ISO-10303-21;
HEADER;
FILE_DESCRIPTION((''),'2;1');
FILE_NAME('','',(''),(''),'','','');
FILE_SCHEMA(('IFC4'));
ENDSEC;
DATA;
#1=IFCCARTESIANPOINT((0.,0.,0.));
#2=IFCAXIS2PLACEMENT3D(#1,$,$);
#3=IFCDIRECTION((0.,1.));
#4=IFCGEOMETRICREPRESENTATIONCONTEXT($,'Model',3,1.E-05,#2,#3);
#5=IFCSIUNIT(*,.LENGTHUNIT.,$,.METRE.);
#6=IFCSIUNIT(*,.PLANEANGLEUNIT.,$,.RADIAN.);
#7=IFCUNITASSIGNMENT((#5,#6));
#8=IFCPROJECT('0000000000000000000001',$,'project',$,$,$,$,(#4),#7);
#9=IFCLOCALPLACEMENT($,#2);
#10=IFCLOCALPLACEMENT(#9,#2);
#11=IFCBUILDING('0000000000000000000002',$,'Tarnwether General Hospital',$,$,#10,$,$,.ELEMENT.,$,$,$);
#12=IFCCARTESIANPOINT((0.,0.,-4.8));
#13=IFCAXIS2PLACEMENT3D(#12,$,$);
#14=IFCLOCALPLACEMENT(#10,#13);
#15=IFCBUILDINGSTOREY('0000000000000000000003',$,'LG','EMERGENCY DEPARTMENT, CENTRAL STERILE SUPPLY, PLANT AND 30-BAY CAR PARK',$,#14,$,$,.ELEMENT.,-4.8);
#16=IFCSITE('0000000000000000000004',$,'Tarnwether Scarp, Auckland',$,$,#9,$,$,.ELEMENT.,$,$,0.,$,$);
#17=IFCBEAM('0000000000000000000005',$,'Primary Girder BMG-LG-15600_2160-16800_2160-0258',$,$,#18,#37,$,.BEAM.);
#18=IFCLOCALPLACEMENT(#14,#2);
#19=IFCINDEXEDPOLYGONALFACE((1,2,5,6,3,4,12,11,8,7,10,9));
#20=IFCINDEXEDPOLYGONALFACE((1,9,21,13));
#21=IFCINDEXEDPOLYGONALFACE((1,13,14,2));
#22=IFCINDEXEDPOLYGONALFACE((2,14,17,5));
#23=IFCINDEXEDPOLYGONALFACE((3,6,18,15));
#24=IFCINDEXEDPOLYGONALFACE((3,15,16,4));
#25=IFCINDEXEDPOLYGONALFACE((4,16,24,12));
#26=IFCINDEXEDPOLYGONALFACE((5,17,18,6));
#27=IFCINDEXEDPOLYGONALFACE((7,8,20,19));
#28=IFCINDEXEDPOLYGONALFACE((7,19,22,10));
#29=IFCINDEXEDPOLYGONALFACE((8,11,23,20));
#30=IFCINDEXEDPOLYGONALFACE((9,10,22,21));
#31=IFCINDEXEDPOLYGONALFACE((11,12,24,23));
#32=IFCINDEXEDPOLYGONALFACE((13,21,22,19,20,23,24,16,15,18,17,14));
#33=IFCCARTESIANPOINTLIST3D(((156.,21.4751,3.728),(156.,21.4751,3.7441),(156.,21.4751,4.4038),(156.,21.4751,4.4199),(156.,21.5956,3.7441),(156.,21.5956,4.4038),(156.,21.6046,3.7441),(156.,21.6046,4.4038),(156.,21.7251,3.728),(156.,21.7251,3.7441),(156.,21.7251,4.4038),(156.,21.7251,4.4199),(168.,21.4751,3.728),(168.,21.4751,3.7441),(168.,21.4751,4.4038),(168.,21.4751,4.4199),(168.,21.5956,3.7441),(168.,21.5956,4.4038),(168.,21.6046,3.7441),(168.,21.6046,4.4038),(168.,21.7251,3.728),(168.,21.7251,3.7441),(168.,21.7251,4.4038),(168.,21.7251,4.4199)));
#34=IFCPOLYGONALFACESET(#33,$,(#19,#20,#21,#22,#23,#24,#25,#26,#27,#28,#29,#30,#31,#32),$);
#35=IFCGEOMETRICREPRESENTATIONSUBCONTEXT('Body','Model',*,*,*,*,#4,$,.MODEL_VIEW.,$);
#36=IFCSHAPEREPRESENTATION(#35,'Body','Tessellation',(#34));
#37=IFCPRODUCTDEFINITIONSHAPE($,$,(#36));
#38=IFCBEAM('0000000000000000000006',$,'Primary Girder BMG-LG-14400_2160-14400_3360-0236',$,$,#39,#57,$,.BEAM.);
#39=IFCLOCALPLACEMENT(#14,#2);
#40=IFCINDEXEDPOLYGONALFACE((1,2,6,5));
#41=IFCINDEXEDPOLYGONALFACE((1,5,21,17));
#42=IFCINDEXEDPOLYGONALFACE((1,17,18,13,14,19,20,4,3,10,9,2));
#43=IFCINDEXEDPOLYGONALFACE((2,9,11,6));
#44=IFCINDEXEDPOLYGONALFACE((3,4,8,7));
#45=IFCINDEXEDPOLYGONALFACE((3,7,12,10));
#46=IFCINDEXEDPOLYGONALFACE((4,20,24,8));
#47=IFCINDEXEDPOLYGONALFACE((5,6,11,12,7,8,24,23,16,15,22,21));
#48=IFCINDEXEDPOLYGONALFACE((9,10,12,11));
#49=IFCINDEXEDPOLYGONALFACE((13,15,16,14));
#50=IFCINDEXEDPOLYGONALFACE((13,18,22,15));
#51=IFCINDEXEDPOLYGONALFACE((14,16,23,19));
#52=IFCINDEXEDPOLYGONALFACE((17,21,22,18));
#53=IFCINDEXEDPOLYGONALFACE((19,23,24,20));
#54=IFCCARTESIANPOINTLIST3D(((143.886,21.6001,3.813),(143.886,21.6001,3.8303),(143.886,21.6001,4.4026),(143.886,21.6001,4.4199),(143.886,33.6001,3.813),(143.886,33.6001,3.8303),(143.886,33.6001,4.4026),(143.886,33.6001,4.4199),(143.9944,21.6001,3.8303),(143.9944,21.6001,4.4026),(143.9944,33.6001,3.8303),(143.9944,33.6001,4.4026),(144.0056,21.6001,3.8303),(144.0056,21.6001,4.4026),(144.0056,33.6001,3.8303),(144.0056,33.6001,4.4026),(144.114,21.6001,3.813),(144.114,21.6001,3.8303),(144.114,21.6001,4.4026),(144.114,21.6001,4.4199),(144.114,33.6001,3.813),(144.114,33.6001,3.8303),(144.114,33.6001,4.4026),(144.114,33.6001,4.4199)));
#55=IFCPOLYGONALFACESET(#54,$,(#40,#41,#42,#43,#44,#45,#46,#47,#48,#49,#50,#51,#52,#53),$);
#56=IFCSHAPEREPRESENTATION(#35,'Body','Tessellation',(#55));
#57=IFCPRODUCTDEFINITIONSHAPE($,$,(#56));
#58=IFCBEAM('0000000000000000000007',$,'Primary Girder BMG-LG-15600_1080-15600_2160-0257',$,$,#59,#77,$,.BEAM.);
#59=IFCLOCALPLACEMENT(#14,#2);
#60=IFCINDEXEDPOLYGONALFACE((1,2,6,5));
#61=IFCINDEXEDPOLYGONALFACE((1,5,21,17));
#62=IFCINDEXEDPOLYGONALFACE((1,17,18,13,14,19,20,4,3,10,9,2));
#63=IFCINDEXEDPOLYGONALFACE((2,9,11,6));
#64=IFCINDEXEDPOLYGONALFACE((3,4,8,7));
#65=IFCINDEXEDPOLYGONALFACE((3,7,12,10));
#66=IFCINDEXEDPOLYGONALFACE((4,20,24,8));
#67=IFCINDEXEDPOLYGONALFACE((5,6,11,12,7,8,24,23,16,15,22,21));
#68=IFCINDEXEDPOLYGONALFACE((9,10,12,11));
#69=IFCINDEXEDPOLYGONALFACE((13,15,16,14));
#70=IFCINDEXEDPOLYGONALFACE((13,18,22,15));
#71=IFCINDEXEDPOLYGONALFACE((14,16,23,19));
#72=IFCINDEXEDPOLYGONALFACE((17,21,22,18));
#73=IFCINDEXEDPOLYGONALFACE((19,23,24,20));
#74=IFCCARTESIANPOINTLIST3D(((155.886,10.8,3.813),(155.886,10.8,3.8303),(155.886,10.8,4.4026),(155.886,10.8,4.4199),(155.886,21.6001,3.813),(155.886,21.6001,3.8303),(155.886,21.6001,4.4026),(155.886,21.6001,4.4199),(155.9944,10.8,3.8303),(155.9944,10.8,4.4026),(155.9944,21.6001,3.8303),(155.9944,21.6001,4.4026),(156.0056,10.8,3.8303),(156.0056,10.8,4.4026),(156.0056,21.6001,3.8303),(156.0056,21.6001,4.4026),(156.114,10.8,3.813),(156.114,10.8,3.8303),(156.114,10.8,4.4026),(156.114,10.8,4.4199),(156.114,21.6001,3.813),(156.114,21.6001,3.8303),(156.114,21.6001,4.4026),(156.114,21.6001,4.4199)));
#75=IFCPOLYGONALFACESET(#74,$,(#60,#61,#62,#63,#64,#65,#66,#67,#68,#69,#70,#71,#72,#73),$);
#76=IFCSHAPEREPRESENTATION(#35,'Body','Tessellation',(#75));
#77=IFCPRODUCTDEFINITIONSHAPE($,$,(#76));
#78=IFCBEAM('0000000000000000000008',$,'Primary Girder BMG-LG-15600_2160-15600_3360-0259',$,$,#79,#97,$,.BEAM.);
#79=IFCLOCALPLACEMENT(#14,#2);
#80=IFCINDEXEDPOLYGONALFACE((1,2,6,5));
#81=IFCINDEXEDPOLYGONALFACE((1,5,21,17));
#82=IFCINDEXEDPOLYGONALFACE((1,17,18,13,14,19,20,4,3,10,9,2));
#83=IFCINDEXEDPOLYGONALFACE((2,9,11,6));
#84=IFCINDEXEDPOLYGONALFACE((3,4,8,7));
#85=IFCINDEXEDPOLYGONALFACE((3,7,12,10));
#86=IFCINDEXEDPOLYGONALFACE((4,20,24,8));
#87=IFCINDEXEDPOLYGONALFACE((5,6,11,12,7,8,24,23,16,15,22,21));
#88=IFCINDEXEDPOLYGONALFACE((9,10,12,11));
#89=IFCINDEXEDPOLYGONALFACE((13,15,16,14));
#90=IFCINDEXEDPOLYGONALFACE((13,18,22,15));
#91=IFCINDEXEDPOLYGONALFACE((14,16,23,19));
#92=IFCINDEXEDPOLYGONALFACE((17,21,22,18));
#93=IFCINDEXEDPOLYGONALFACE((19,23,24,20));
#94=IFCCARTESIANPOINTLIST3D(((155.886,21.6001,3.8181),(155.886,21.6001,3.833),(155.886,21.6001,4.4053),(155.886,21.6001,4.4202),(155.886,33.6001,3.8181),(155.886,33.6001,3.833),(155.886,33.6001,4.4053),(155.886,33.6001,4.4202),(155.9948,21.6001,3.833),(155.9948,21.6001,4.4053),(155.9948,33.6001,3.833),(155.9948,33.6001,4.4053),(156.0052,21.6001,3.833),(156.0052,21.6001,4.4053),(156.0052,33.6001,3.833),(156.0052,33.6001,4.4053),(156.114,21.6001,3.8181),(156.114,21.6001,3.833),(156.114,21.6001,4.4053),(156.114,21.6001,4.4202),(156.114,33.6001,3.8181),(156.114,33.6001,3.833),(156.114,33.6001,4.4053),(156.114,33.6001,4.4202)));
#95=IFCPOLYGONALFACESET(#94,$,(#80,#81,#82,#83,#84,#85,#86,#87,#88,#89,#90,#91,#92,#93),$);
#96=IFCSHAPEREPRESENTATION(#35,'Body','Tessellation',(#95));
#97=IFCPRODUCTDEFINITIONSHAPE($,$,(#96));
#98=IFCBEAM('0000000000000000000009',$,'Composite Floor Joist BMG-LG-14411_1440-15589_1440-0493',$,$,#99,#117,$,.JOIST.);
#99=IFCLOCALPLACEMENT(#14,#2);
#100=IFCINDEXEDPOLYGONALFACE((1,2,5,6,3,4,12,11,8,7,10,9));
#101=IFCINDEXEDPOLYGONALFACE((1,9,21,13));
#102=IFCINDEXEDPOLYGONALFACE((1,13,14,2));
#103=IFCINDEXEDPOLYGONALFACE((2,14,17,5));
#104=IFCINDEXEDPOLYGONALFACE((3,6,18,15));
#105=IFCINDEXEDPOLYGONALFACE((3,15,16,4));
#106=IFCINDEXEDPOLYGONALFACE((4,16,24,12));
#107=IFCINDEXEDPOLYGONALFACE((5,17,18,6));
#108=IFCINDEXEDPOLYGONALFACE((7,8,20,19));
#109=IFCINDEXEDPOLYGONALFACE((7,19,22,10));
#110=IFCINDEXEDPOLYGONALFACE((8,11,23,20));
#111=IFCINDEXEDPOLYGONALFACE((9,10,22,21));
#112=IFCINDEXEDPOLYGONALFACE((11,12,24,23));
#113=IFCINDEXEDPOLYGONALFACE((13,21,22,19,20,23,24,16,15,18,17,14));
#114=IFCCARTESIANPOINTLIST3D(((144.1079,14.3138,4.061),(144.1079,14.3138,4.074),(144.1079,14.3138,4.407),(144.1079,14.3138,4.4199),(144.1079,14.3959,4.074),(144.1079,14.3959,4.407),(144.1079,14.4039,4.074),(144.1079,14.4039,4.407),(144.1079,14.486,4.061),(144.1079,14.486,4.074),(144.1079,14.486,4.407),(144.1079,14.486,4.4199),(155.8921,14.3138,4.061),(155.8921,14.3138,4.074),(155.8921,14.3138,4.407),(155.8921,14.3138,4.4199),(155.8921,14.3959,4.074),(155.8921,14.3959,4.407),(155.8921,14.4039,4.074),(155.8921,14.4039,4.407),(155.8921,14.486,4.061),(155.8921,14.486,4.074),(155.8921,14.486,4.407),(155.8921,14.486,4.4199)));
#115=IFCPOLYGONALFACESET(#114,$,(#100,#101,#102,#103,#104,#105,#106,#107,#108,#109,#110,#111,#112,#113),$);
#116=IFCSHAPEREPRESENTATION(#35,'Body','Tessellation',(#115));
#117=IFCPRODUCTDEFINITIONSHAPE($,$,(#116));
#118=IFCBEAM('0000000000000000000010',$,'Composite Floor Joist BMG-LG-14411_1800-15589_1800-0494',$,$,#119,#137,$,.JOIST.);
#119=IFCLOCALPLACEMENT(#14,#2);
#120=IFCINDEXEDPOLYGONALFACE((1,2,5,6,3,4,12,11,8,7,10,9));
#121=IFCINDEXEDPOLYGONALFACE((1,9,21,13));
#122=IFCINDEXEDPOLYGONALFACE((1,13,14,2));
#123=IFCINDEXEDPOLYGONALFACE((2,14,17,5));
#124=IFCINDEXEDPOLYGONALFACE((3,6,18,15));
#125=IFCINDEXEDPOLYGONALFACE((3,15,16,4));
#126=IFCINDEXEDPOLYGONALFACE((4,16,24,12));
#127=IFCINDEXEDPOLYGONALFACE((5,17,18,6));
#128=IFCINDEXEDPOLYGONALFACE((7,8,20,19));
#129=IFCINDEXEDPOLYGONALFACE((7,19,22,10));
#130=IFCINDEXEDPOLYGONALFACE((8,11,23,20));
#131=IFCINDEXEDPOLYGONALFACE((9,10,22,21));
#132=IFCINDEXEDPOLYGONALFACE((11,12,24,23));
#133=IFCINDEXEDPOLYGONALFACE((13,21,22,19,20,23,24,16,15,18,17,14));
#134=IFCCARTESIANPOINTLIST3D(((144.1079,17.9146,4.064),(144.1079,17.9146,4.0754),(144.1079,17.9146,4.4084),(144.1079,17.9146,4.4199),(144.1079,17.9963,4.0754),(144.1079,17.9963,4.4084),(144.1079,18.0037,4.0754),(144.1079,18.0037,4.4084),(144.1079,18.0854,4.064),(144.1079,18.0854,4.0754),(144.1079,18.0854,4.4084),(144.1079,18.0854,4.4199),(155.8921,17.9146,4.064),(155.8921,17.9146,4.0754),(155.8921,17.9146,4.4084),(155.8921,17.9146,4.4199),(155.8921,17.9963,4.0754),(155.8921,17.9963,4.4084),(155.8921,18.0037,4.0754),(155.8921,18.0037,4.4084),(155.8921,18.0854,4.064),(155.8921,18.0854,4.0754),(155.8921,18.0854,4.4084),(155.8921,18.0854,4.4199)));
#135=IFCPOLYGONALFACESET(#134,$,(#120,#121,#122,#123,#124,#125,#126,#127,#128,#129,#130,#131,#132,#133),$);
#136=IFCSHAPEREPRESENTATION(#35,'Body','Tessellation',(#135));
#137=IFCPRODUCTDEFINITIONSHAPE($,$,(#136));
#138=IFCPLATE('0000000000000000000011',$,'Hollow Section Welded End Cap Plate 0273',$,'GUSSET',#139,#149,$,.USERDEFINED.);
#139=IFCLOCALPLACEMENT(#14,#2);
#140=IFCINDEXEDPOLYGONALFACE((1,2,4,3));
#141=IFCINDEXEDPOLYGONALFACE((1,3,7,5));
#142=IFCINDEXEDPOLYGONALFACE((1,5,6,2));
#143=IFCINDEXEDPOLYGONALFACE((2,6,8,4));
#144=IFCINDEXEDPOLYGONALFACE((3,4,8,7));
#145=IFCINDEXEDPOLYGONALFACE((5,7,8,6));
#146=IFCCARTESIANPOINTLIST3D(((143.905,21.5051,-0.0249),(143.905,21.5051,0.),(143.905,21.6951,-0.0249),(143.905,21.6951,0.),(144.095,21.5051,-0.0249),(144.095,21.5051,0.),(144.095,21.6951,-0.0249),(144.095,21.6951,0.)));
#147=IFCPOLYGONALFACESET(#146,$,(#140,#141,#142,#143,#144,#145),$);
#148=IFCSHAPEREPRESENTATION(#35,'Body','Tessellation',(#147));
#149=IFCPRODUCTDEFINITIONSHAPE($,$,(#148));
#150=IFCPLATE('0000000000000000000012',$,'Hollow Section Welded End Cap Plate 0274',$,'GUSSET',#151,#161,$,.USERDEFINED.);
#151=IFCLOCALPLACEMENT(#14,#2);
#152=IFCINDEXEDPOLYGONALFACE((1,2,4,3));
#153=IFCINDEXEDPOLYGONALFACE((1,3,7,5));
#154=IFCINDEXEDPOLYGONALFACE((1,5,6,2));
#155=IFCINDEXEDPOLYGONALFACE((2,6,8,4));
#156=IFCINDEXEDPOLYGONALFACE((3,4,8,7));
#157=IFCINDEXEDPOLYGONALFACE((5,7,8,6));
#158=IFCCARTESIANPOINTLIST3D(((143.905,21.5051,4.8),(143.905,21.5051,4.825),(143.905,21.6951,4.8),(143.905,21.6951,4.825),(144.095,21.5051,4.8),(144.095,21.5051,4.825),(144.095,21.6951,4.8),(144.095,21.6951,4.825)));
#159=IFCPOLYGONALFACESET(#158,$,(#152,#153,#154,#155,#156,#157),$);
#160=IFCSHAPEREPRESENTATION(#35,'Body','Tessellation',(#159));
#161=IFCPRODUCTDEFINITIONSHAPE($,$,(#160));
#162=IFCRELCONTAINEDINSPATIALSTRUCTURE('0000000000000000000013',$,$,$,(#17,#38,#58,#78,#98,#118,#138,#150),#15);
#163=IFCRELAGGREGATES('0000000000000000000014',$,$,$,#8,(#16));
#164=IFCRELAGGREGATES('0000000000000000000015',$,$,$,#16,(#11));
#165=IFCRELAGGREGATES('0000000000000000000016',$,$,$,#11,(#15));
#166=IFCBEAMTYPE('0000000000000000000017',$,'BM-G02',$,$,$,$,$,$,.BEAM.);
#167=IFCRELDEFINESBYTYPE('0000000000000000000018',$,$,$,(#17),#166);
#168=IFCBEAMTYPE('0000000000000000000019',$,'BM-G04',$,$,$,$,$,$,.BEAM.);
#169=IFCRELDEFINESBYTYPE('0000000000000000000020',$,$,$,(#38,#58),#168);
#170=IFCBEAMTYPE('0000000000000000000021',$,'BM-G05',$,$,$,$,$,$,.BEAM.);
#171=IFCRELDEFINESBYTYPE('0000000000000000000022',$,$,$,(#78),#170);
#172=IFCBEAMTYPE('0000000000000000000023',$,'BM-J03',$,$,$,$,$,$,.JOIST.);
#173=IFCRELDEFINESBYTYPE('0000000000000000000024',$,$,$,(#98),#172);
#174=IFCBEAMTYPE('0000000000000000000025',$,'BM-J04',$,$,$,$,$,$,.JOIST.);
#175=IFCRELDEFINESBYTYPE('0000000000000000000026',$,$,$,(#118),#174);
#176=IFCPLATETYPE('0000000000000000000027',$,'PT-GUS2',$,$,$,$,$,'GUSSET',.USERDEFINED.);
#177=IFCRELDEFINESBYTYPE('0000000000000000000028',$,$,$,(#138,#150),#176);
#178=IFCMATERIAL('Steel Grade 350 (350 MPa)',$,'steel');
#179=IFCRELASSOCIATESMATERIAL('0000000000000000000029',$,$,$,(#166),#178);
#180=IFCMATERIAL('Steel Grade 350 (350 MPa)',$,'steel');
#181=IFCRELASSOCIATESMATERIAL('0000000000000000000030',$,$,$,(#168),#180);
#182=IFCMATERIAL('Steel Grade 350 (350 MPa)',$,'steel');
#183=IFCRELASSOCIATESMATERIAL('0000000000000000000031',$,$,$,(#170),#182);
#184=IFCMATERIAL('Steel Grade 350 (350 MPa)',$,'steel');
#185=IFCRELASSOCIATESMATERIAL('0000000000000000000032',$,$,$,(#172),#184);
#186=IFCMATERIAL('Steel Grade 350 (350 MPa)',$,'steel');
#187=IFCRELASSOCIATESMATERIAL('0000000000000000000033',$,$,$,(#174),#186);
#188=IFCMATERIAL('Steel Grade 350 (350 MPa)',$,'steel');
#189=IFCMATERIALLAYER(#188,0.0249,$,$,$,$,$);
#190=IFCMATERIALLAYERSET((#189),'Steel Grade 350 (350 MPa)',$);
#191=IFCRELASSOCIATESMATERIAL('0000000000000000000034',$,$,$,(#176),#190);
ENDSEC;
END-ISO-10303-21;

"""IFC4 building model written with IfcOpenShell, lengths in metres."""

from ifc_helpers import new_model, si_unit, direction, frame, origin, origin_2d, place, context, subcontext, project, spatial, rectangle, i_section, extrude, material, layer, layer_set, material_profile, profile_set, type_object, element, save


model = new_model("IFC4")

# Units and contexts
model_context = context("Model", 3, precision=1e-05, world=origin(), true_north=direction((0.0, 1.0)))
body_context = subcontext(model_context, "Body", "Model", "MODEL_VIEW")
ifc_project = project(units=[si_unit("LENGTHUNIT", "METRE"), si_unit("PLANEANGLEUNIT", "RADIAN")], contexts=[model_context])

# Site, building, storey
site_placement = place(None, origin())
site = spatial("IfcSite", under=ifc_project, at=site_placement, Name="Tarnwether Scarp, Auckland", CompositionType="ELEMENT", RefElevation=0.0)
building_placement = place(site_placement, origin())
building = spatial("IfcBuilding", under=site, at=building_placement, Name="Tarnwether General Hospital", CompositionType="ELEMENT")
storey_placement = place(building_placement, frame((0.0, 0.0, -4.8)))
storey = spatial("IfcBuildingStorey", under=building, at=storey_placement, Name="LG", Description="EMERGENCY DEPARTMENT, CENTRAL STERILE SUPPLY, PLANT AND 30-BAY CAR PARK", CompositionType="ELEMENT", Elevation=-4.8)

# Beams
ifc_material_1 = material(Name="Steel Grade 350 (350 MPa)", Category="steel")
ifc_material_profile_1 = material_profile(ifc_material_1, i_section(OverallWidth=0.25, OverallDepth=0.6919, WebThickness=0.009, FlangeThickness=0.0161, at=origin_2d()), Name="700WB115")
ifc_profile_set_1 = profile_set([ifc_material_profile_1], Name="Steel Grade 350 (350 MPa)")
beam_type_1 = type_object("IfcBeamType", Name="BM-G02", PredefinedType="BEAM", material=ifc_profile_set_1)
beam_1_placement = place(storey_placement, frame((156.0, 21.6001, 4.074), z_axis=(1.0, 0.0, 0.0), x_axis=(0.0, 1.0, 0.0)))
element("IfcBeam", 1, at=beam_1_placement, inside=storey, type_object=beam_type_1, Name="Primary Girder BMG-LG-15600_2160-16800_2160-0258", PredefinedType="BEAM", context=body_context, shape_type="SweptSolid", body=[
    extrude(i_section(OverallWidth=0.25, OverallDepth=0.6919, WebThickness=0.009, FlangeThickness=0.0161, at=origin_2d()), origin(), (0.0, 0.0, 1.0), 12.0),
])
ifc_material_2 = material(Name="Steel Grade 350 (350 MPa)", Category="steel")
ifc_material_profile_2 = material_profile(ifc_material_2, i_section(OverallWidth=0.228, OverallDepth=0.6069, WebThickness=0.0112, FlangeThickness=0.0173, at=origin_2d()), Name="610UB113")
ifc_profile_set_2 = profile_set([ifc_material_profile_2], Name="Steel Grade 350 (350 MPa)")
beam_type_2 = type_object("IfcBeamType", Name="BM-G04", PredefinedType="BEAM", material=ifc_profile_set_2)
beam_2_placement = place(storey_placement, frame((144.0, 21.6001, 4.1165), z_axis=(0.0, 1.0, 0.0), x_axis=(-1.0, 0.0, 0.0)))
element("IfcBeam", 2, at=beam_2_placement, inside=storey, type_object=beam_type_2, Name="Primary Girder BMG-LG-14400_2160-14400_3360-0236", PredefinedType="BEAM", context=body_context, shape_type="SweptSolid", body=[
    extrude(i_section(OverallWidth=0.228, OverallDepth=0.6069, WebThickness=0.0112, FlangeThickness=0.0173, at=origin_2d()), origin(), (0.0, 0.0, 1.0), 12.0),
])
beam_3_placement = place(storey_placement, frame((156.0, 10.8, 4.1165), z_axis=(0.0, 1.0, 0.0), x_axis=(-1.0, 0.0, 0.0)))
element("IfcBeam", 3, at=beam_3_placement, inside=storey, type_object=beam_type_2, Name="Primary Girder BMG-LG-15600_1080-15600_2160-0257", PredefinedType="BEAM", context=body_context, shape_type="SweptSolid", body=[
    extrude(i_section(OverallWidth=0.228, OverallDepth=0.6069, WebThickness=0.0112, FlangeThickness=0.0173, at=origin_2d()), origin(), (0.0, 0.0, 1.0), 10.8),
])
ifc_material_3 = material(Name="Steel Grade 350 (350 MPa)", Category="steel")
ifc_material_profile_3 = material_profile(ifc_material_3, i_section(OverallWidth=0.228, OverallDepth=0.6021, WebThickness=0.0105, FlangeThickness=0.0149, at=origin_2d()), Name="610UB101")
ifc_profile_set_3 = profile_set([ifc_material_profile_3], Name="Steel Grade 350 (350 MPa)")
beam_type_3 = type_object("IfcBeamType", Name="BM-G05", PredefinedType="BEAM", material=ifc_profile_set_3)
beam_4_placement = place(storey_placement, frame((156.0, 21.6001, 4.1191), z_axis=(0.0, 1.0, 0.0), x_axis=(-1.0, 0.0, 0.0)))
element("IfcBeam", 4, at=beam_4_placement, inside=storey, type_object=beam_type_3, Name="Primary Girder BMG-LG-15600_2160-15600_3360-0259", PredefinedType="BEAM", context=body_context, shape_type="SweptSolid", body=[
    extrude(i_section(OverallWidth=0.228, OverallDepth=0.6021, WebThickness=0.0105, FlangeThickness=0.0149, at=origin_2d()), origin(), (0.0, 0.0, 1.0), 12.0),
])
ifc_material_4 = material(Name="Steel Grade 350 (350 MPa)", Category="steel")
ifc_material_profile_4 = material_profile(ifc_material_4, i_section(OverallWidth=0.1721, OverallDepth=0.3589, WebThickness=0.0081, FlangeThickness=0.0129, at=origin_2d()), Name="360UB56.7")
ifc_profile_set_4 = profile_set([ifc_material_profile_4], Name="Steel Grade 350 (350 MPa)")
beam_type_4 = type_object("IfcBeamType", Name="BM-J03", PredefinedType="JOIST", material=ifc_profile_set_4)
beam_5_placement = place(storey_placement, frame((144.1079, 14.3999, 4.2405), z_axis=(1.0, 0.0, 0.0), x_axis=(0.0, 1.0, 0.0)))
element("IfcBeam", 5, at=beam_5_placement, inside=storey, type_object=beam_type_4, Name="Composite Floor Joist BMG-LG-14411_1440-15589_1440-0493", PredefinedType="JOIST", context=body_context, shape_type="SweptSolid", body=[
    extrude(i_section(OverallWidth=0.1721, OverallDepth=0.3589, WebThickness=0.0081, FlangeThickness=0.0129, at=origin_2d()), origin(), (0.0, 0.0, 1.0), 11.7842),
])
ifc_material_5 = material(Name="Steel Grade 350 (350 MPa)", Category="steel")
ifc_material_profile_5 = material_profile(ifc_material_5, i_section(OverallWidth=0.1709, OverallDepth=0.356, WebThickness=0.0073, FlangeThickness=0.0115, at=origin_2d()), Name="360UB50.7")
ifc_profile_set_5 = profile_set([ifc_material_profile_5], Name="Steel Grade 350 (350 MPa)")
beam_type_5 = type_object("IfcBeamType", Name="BM-J04", PredefinedType="JOIST", material=ifc_profile_set_5)
beam_6_placement = place(storey_placement, frame((144.1079, 18.0, 4.2419), z_axis=(1.0, 0.0, 0.0), x_axis=(0.0, 1.0, 0.0)))
element("IfcBeam", 6, at=beam_6_placement, inside=storey, type_object=beam_type_5, Name="Composite Floor Joist BMG-LG-14411_1800-15589_1800-0494", PredefinedType="JOIST", context=body_context, shape_type="SweptSolid", body=[
    extrude(i_section(OverallWidth=0.1709, OverallDepth=0.356, WebThickness=0.0073, FlangeThickness=0.0115, at=origin_2d()), origin(), (0.0, 0.0, 1.0), 11.7842),
])

# Plates
ifc_material_6 = material(Name="Steel Grade 350 (350 MPa)", Category="steel")
ifc_layer = layer(ifc_material_6, 0.0249)
ifc_layer_set = layer_set([ifc_layer], Name="Steel Grade 350 (350 MPa)")
plate_type = type_object("IfcPlateType", Name="PT-GUS2", ElementType="GUSSET", PredefinedType="USERDEFINED", material=ifc_layer_set)
for number, where, z_axis, x_axis, name in (
    (7, (144.0, 21.6001, -0.0249), (0.0, 0.0, 1.0), (1.0, 0.0, 0.0), "Hollow Section Welded End Cap Plate 0273"),
    (8, (144.0, 21.6001, 4.8), (0.0, 0.0, 1.0), (1.0, 0.0, 0.0), "Hollow Section Welded End Cap Plate 0274"),
):
    element("IfcPlate", number, at=place(storey_placement, frame(where, z_axis=z_axis, x_axis=x_axis)), inside=storey, type_object=plate_type, Name=name, ObjectType="GUSSET", PredefinedType="USERDEFINED", context=body_context, shape_type="SweptSolid", body=[
        extrude(rectangle(XDim=0.1899, YDim=0.1899, at=origin_2d()), origin(), (0.0, 0.0, 1.0), 0.0249),
    ])

save(model, "model.ifc")
